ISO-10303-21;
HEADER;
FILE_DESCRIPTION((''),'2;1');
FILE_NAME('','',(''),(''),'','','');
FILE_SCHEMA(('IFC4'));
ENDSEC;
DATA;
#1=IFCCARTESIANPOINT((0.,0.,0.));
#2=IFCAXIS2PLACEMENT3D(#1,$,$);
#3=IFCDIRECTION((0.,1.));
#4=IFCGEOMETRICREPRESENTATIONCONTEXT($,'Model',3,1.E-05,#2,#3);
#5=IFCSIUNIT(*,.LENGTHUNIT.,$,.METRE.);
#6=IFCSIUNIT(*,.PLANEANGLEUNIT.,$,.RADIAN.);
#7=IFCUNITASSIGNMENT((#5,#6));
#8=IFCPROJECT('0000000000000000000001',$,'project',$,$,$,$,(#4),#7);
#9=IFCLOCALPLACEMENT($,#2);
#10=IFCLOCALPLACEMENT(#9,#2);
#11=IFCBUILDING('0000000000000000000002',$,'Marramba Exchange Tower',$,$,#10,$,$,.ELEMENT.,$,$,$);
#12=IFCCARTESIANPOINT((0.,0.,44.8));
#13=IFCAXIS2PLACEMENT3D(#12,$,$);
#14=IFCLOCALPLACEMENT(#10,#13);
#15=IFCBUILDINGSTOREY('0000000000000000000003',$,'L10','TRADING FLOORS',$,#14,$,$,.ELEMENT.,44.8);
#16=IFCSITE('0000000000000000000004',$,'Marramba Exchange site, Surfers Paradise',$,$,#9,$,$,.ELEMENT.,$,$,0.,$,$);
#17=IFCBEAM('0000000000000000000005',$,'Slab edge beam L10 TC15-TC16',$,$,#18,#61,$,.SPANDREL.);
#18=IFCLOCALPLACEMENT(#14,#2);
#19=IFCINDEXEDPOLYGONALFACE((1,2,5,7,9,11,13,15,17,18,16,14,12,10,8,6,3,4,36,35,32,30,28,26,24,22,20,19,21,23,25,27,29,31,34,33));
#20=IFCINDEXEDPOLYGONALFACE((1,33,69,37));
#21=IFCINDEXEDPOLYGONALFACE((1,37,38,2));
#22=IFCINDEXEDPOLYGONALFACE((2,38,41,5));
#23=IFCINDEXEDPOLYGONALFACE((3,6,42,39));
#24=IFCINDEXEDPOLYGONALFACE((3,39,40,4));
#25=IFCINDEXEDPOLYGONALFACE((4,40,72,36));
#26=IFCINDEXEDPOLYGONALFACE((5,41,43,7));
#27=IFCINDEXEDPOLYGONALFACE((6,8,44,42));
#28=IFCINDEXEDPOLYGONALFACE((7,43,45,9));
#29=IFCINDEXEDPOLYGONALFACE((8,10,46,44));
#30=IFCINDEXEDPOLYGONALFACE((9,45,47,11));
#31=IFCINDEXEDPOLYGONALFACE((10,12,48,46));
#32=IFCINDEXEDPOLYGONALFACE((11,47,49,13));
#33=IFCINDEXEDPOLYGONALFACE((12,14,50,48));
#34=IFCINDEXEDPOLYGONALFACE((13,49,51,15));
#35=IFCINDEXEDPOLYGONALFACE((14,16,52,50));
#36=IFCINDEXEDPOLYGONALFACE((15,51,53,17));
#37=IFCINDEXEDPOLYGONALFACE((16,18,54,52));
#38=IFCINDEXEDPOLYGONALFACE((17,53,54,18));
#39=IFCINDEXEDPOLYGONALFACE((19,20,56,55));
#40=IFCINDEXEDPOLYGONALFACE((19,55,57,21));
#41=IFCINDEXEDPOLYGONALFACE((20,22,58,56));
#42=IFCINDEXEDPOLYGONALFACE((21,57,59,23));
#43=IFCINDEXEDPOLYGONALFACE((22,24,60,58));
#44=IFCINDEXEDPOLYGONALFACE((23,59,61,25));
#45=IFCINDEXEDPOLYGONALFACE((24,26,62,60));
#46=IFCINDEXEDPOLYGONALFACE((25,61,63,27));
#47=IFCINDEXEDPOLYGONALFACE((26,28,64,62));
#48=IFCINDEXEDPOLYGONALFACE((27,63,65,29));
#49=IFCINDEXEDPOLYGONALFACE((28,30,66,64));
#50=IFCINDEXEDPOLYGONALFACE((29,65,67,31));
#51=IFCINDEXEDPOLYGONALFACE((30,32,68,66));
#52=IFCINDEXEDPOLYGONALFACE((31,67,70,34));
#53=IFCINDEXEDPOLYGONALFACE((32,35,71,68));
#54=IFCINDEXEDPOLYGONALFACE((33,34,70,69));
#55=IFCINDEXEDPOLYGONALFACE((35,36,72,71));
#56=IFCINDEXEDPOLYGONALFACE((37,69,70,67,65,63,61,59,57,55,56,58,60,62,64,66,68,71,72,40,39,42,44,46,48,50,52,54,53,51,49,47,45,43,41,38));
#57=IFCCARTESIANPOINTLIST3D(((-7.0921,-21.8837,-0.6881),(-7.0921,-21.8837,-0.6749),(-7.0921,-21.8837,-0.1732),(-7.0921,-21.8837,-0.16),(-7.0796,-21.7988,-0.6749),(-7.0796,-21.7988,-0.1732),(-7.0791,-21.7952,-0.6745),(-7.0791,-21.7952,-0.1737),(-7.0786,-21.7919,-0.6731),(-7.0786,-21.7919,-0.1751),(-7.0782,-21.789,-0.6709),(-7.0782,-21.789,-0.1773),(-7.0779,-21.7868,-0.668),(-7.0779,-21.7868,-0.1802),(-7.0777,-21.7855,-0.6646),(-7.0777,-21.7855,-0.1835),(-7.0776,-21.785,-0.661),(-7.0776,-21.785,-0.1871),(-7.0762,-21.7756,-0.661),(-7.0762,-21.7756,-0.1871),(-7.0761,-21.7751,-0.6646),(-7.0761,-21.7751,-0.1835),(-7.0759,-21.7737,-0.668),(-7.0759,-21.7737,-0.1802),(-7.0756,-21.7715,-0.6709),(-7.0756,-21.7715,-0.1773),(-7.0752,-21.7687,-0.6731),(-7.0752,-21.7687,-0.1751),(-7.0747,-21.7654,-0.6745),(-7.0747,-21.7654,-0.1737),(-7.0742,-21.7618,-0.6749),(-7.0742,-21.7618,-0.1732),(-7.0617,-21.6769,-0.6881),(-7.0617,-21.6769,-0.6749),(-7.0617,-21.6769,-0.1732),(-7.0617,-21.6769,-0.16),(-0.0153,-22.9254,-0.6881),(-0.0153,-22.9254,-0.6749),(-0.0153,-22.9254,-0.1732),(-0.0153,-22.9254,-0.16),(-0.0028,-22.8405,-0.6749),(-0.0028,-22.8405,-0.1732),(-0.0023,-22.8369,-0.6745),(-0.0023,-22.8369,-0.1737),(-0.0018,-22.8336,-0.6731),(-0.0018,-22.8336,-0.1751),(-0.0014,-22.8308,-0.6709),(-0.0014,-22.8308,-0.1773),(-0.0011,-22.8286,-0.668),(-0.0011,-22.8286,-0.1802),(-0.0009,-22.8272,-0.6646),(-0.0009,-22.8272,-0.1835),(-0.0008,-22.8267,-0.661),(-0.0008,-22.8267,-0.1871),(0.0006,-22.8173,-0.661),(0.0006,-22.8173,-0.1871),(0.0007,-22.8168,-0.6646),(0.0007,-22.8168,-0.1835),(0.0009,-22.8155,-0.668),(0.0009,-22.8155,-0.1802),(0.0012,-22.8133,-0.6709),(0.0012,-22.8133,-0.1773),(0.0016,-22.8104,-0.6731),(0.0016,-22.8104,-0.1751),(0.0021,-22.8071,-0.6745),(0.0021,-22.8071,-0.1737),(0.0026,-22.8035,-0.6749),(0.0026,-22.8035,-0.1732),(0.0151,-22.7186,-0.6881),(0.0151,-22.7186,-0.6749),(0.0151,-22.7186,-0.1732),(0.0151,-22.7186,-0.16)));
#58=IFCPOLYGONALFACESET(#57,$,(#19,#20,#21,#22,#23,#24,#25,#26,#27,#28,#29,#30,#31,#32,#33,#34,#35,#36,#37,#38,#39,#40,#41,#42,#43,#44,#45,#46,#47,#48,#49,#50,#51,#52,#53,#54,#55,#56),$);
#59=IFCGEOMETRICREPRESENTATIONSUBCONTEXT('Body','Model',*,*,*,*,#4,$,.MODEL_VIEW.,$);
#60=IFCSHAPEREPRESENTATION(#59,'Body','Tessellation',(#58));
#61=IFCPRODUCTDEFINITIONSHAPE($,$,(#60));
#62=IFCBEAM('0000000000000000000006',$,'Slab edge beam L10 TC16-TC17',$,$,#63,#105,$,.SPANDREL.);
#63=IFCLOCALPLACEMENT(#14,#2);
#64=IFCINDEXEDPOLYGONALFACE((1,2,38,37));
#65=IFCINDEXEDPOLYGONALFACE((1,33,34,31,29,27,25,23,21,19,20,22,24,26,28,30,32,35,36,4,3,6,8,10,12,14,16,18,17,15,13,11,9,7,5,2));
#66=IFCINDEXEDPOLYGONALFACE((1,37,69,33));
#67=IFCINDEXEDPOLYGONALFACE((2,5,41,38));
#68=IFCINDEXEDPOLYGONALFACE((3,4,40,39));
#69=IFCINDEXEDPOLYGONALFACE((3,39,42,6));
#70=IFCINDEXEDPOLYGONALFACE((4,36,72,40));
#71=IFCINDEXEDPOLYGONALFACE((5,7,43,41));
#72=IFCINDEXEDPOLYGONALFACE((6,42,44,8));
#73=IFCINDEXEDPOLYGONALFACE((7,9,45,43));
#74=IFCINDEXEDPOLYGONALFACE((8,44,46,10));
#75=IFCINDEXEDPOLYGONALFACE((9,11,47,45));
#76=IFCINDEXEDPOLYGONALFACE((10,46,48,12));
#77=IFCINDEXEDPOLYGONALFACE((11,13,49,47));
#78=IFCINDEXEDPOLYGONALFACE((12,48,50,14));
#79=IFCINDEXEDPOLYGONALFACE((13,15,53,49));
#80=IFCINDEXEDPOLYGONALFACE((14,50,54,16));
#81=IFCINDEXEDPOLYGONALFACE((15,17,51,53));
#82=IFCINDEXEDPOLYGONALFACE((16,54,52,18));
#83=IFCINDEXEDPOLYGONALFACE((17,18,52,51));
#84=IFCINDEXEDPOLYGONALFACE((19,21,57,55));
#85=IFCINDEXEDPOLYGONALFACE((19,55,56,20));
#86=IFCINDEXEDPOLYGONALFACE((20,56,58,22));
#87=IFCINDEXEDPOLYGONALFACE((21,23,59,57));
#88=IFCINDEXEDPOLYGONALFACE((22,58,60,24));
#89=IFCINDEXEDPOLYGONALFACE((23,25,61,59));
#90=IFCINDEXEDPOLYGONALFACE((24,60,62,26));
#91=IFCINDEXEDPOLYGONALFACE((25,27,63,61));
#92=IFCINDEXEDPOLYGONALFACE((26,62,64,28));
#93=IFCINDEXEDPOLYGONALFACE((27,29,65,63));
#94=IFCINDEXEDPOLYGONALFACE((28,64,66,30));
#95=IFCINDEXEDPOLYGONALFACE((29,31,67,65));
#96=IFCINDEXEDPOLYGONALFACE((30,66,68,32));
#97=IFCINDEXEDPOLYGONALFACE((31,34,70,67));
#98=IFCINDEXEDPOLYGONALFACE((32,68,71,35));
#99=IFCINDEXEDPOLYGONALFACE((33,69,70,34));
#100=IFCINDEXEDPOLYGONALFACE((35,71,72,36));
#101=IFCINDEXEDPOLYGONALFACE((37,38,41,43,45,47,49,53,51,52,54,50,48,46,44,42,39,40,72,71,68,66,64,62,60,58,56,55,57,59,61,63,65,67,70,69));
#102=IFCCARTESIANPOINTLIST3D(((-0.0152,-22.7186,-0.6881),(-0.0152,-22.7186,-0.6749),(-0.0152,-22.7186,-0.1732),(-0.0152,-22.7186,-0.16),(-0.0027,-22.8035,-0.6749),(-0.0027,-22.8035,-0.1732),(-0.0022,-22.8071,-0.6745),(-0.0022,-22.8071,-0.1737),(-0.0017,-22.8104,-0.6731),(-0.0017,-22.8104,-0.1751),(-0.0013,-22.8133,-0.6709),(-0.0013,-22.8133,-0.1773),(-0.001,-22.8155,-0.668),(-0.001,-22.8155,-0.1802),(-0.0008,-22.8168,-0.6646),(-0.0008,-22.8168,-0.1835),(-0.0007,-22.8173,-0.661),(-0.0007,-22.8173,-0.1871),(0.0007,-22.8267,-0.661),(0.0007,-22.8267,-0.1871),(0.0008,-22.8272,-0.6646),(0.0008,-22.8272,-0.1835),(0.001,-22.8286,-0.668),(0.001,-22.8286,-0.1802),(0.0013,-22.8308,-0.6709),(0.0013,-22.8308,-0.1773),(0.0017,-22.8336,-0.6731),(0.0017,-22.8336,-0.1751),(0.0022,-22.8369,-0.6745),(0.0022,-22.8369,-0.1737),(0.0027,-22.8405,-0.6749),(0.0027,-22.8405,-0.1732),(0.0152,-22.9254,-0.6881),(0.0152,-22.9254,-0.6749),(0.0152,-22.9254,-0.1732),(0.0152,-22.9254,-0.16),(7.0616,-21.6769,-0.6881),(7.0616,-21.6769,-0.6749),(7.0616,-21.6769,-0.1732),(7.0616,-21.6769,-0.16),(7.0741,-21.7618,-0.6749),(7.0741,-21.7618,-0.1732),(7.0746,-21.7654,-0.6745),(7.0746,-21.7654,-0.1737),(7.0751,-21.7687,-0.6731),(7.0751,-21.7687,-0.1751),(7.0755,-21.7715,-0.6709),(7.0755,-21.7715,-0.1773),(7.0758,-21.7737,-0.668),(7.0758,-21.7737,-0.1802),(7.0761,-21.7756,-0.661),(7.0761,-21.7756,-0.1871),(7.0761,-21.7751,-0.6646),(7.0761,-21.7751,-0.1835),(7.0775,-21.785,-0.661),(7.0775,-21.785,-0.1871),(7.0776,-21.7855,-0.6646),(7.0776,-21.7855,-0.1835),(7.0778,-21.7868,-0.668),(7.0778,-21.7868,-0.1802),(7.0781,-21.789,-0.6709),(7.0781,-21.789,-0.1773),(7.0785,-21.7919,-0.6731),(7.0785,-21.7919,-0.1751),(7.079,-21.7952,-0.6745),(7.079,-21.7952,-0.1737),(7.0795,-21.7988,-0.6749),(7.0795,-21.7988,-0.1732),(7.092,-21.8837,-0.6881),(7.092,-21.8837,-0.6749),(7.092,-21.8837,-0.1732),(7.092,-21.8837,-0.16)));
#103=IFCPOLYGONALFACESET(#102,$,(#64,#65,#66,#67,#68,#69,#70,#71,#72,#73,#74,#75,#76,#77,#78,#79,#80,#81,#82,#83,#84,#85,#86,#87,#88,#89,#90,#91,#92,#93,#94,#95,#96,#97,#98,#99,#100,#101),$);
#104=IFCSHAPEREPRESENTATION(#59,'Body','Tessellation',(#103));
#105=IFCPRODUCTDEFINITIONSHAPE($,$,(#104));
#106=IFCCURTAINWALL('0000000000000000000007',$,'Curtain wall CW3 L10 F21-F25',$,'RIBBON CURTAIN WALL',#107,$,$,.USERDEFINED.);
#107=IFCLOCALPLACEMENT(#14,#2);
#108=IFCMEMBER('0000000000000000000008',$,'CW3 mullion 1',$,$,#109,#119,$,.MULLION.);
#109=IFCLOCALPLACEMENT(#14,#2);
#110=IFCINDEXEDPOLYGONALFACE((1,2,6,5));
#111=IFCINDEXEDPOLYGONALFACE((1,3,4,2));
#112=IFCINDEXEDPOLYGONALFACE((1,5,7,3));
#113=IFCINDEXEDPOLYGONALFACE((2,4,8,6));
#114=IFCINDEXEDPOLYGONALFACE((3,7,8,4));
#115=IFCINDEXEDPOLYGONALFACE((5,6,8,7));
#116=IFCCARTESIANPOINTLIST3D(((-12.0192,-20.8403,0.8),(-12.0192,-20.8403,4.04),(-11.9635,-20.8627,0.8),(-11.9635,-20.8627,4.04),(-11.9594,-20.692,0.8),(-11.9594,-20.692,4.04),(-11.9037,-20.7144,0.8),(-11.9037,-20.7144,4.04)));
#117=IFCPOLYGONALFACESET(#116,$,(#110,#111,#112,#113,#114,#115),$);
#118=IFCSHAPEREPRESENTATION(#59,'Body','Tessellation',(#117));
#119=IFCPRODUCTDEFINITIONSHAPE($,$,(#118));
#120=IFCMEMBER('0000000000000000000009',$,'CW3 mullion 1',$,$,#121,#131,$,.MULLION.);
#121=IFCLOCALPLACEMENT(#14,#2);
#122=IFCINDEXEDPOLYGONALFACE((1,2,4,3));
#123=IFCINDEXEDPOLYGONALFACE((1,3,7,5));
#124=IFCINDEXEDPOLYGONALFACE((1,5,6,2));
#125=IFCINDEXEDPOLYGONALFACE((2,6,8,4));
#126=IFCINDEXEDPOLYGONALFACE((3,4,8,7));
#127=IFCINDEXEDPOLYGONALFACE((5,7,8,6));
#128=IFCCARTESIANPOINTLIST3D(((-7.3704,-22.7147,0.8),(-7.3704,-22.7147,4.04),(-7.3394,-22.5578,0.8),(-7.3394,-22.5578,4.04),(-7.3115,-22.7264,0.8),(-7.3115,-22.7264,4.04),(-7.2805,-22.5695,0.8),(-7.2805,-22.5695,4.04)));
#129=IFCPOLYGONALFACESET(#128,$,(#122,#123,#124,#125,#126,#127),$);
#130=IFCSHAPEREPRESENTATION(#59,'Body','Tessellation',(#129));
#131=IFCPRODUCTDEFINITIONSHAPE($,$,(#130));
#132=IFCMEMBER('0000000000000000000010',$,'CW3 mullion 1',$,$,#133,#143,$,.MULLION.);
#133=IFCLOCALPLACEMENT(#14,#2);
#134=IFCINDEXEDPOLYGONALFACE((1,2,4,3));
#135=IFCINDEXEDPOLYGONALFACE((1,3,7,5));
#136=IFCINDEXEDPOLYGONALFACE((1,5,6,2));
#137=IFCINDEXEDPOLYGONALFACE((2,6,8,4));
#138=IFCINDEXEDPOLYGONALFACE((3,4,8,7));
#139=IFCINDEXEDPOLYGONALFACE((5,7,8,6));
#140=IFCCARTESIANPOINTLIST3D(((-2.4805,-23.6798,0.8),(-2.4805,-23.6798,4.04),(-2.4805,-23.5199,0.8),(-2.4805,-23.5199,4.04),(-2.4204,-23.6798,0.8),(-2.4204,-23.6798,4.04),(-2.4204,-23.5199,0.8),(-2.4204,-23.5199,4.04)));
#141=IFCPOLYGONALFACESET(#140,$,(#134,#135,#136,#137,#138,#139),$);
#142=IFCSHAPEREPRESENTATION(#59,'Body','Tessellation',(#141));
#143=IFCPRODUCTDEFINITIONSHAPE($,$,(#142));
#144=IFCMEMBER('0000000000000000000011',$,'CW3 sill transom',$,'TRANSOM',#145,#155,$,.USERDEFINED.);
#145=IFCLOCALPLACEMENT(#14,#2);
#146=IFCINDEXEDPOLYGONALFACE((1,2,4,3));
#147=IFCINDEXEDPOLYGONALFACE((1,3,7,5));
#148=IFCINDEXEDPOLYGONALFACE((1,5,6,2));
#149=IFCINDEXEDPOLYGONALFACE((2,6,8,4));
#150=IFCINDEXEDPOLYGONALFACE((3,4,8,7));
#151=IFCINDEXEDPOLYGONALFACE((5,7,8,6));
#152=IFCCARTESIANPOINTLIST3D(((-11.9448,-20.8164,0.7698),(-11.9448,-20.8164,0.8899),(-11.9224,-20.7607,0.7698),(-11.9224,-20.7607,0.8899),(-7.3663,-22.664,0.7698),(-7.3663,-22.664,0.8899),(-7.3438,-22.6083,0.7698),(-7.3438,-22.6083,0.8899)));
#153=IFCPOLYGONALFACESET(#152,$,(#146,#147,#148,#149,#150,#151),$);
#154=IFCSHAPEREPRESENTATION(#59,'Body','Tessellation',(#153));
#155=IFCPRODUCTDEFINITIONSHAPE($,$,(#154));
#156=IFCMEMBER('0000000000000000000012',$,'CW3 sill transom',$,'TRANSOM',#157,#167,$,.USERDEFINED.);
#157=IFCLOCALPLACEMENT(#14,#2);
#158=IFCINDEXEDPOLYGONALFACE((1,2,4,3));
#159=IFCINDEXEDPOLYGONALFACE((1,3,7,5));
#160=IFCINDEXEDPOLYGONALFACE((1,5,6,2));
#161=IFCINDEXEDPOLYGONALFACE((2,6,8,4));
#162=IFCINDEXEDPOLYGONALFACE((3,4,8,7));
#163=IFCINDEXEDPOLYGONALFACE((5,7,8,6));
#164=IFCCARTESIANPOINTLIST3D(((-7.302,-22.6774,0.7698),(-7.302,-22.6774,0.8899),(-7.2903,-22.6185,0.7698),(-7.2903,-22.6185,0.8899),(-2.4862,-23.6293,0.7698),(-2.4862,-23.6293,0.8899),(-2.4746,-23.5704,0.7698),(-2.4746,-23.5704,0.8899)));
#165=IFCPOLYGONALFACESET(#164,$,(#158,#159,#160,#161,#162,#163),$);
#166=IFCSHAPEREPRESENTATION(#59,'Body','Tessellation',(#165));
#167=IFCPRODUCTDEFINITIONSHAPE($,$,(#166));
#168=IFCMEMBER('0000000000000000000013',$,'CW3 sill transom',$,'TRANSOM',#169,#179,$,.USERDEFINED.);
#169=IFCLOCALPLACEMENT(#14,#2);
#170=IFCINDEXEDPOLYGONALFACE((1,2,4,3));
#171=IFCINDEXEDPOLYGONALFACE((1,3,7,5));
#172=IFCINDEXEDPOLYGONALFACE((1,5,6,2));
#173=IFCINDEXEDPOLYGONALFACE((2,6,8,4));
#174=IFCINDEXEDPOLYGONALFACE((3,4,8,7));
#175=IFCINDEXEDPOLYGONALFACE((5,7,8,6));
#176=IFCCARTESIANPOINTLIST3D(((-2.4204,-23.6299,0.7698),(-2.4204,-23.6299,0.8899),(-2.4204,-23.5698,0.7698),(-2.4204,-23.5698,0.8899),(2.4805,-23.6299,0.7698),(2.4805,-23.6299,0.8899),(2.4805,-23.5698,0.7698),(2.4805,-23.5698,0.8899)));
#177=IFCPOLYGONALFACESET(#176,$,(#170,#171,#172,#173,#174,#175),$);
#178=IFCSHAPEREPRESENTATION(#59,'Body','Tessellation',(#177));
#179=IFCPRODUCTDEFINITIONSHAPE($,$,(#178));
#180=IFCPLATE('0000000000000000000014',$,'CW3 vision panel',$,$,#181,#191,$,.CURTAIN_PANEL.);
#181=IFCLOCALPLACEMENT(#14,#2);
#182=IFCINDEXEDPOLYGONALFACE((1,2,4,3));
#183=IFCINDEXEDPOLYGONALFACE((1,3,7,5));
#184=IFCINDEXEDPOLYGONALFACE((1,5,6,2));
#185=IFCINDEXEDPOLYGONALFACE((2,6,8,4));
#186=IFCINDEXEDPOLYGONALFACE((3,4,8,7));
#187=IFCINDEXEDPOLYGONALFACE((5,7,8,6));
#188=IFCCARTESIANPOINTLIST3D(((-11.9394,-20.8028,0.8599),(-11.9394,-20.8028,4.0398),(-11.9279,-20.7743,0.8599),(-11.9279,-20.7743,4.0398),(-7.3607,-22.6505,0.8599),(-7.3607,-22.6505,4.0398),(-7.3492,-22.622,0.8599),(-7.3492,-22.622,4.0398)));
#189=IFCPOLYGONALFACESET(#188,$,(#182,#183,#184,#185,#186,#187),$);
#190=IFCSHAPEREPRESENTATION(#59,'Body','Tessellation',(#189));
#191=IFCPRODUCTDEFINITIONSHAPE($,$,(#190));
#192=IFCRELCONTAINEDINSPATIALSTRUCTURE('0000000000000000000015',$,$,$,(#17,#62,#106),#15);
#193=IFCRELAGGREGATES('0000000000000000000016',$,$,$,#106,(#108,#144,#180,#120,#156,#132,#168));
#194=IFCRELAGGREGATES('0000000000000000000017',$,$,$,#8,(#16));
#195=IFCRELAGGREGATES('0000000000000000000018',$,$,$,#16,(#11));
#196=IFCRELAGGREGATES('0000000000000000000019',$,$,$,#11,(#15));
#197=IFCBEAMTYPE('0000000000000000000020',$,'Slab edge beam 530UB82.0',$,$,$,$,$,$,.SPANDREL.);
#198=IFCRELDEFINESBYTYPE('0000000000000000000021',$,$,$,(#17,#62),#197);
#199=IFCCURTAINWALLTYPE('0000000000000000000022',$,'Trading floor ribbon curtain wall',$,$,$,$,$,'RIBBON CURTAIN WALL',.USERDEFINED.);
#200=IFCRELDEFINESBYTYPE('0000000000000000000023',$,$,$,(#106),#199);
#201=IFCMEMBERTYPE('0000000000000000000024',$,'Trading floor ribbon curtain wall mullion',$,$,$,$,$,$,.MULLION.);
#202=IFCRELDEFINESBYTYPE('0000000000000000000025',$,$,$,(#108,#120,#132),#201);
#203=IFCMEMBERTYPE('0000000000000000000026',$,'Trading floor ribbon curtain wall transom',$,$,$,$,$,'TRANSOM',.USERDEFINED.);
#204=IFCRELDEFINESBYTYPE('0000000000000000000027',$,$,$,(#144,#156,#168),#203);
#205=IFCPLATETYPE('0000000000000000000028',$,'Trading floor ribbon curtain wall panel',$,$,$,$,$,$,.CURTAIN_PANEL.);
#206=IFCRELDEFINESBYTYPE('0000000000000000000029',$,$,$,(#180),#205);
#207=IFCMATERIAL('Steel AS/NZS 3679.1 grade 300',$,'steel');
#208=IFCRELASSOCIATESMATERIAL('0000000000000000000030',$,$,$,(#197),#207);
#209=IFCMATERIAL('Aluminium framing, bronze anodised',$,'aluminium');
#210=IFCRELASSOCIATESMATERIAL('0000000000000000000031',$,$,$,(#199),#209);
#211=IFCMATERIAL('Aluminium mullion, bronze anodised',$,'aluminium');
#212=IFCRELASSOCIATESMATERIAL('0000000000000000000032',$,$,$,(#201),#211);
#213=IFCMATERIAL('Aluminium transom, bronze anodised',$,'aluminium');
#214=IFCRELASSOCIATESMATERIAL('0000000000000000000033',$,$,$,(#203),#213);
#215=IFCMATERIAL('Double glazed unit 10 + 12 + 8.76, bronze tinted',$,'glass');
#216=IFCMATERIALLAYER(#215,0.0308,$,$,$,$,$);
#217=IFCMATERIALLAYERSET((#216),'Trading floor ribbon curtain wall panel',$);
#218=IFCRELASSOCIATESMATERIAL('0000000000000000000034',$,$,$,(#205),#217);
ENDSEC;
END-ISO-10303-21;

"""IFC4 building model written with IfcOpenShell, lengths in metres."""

from ifc_helpers import new_model, si_unit, direction, frame, origin, origin_2d, place, context, subcontext, project, spatial, rectangle, i_section, extrude, material, layer, layer_set, material_profile, profile_set, type_object, element, aggregate, save


model = new_model("IFC4")

# Units and contexts
model_context = context("Model", 3, precision=1e-05, world=origin(), true_north=direction((0.0, 1.0)))
body_context = subcontext(model_context, "Body", "Model", "MODEL_VIEW")
ifc_project = project(units=[si_unit("LENGTHUNIT", "METRE"), si_unit("PLANEANGLEUNIT", "RADIAN")], contexts=[model_context])

# Site, building, storey
site_placement = place(None, origin())
site = spatial("IfcSite", under=ifc_project, at=site_placement, Name="Marramba Exchange site, Surfers Paradise", CompositionType="ELEMENT", RefElevation=0.0)
building_placement = place(site_placement, origin())
building = spatial("IfcBuilding", under=site, at=building_placement, Name="Marramba Exchange Tower", CompositionType="ELEMENT")
storey_placement = place(building_placement, frame((0.0, 0.0, 44.8)))
storey = spatial("IfcBuildingStorey", under=building, at=storey_placement, Name="L10", Description="TRADING FLOORS", CompositionType="ELEMENT", Elevation=44.8)

# Beams
ifc_material_1 = material(Name="Steel AS/NZS 3679.1 grade 300", Category="steel")
ifc_material_profile_1 = material_profile(ifc_material_1, i_section(OverallWidth=0.209, OverallDepth=0.5281, WebThickness=0.0095, FlangeThickness=0.0132, FilletRadius=0.0139, at=origin_2d()), Name="530UB82.0")
ifc_profile_set_1 = profile_set([ifc_material_profile_1], Name="Steel AS/NZS 3679.1 grade 300")
beam_type_1 = type_object("IfcBeamType", Name="Slab edge beam 530UB82.0", PredefinedType="SPANDREL", material=ifc_profile_set_1)
for number, where, z_axis, x_axis, name in (
    (1, (-7.0769, -21.7803, -0.4241), (0.989338, -0.145634, 0.0), (0.145634, 0.989338, 0.0), "Slab edge beam L10 TC15-TC16"),
    (2, (0.0, -22.822, -0.4241), (0.989338, 0.145634, 0.0), (-0.145634, 0.989338, 0.0), "Slab edge beam L10 TC16-TC17"),
):
    element("IfcBeam", number, at=place(storey_placement, frame(where, z_axis=z_axis, x_axis=x_axis)), inside=storey, type_object=beam_type_1, Name=name, PredefinedType="SPANDREL", context=body_context, shape_type="SweptSolid", body=[
        extrude(i_section(OverallWidth=0.209, OverallDepth=0.5281, WebThickness=0.0095, FlangeThickness=0.0132, FilletRadius=0.0139, at=origin_2d()), origin(), (0.0, 0.0, 1.0), 7.1531),
    ])

# Curtain wall, members, plate
ifc_material_2 = material(Name="Aluminium framing, bronze anodised", Category="aluminium")
curtain_wall_type = type_object("IfcCurtainWallType", Name="Trading floor ribbon curtain wall", ElementType="RIBBON CURTAIN WALL", PredefinedType="USERDEFINED", material=ifc_material_2)
curtain_wall_placement = place(storey_placement, origin())
curtain_wall = element("IfcCurtainWall", 3, at=curtain_wall_placement, inside=storey, type_object=curtain_wall_type, Name="Curtain wall CW3 L10 F21-F25", ObjectType="RIBBON CURTAIN WALL", PredefinedType="USERDEFINED")
ifc_material_3 = material(Name="Aluminium mullion, bronze anodised", Category="aluminium")
ifc_material_profile_2 = material_profile(ifc_material_3, rectangle(XDim=0.1599, YDim=0.0601, at=origin_2d()), Name="CW3 mullion 60x160")
ifc_profile_set_2 = profile_set([ifc_material_profile_2], Name="Aluminium mullion, bronze anodised")
member_type_1 = type_object("IfcMemberType", Name="Trading floor ribbon curtain wall mullion", PredefinedType="MULLION", material=ifc_profile_set_2)
member_1_placement = place(storey_placement, frame((-11.9614, -20.7773, 0.8), z_axis=(0.0, 0.0, 1.0), x_axis=(0.374218, 0.927341, 0.0)))
member_1 = element("IfcMember", 4, at=member_1_placement, type_object=member_type_1, Name="CW3 mullion 1", PredefinedType="MULLION", context=body_context, shape_type="SweptSolid", body=[
    extrude(rectangle(XDim=0.1599, YDim=0.0601, at=origin_2d()), origin(), (0.0, 0.0, 1.0), 3.24),
])
member_2_placement = place(storey_placement, frame((-7.3254, -22.6421, 0.8), z_axis=(0.0, 0.0, 1.0), x_axis=(0.193961, 0.981009, 0.0)))
member_2 = element("IfcMember", 5, at=member_2_placement, type_object=member_type_1, Name="CW3 mullion 1", PredefinedType="MULLION", context=body_context, shape_type="SweptSolid", body=[
    extrude(rectangle(XDim=0.1599, YDim=0.0601, at=origin_2d()), origin(), (0.0, 0.0, 1.0), 3.24),
])
member_3_placement = place(storey_placement, frame((-2.4504, -23.5999, 0.8), z_axis=(0.0, 0.0, 1.0), x_axis=(0.0, 1.0, 0.0)))
member_3 = element("IfcMember", 6, at=member_3_placement, type_object=member_type_1, Name="CW3 mullion 1", PredefinedType="MULLION", context=body_context, shape_type="SweptSolid", body=[
    extrude(rectangle(XDim=0.1599, YDim=0.0601, at=origin_2d()), origin(), (0.0, 0.0, 1.0), 3.24),
])
ifc_material_4 = material(Name="Aluminium transom, bronze anodised", Category="aluminium")
ifc_material_profile_3 = material_profile(ifc_material_4, rectangle(XDim=0.0601, YDim=0.1201, at=origin_2d()), Name="CW3 transom 60x120")
ifc_profile_set_3 = profile_set([ifc_material_profile_3], Name="Aluminium transom, bronze anodised")
member_type_2 = type_object("IfcMemberType", Name="Trading floor ribbon curtain wall transom", ElementType="TRANSOM", PredefinedType="USERDEFINED", material=ifc_profile_set_3)
member_4_placement = place(storey_placement, frame((-11.9336, -20.7886, 0.8298), z_axis=(0.92734, -0.374219, 0.0), x_axis=(0.374219, 0.92734, 0.0)))
member_4 = element("IfcMember", 7, at=member_4_placement, type_object=member_type_2, Name="CW3 sill transom", ObjectType="TRANSOM", PredefinedType="USERDEFINED", context=body_context, shape_type="SweptSolid", body=[
    extrude(rectangle(XDim=0.0601, YDim=0.1201, at=origin_2d()), origin(), (0.0, 0.0, 1.0), 4.9373),
])
member_5_placement = place(storey_placement, frame((-7.2961, -22.6479, 0.8298), z_axis=(0.981018, -0.193916, 0.0), x_axis=(0.193916, 0.981018, 0.0)))
member_5 = element("IfcMember", 8, at=member_5_placement, type_object=member_type_2, Name="CW3 sill transom", ObjectType="TRANSOM", PredefinedType="USERDEFINED", context=body_context, shape_type="SweptSolid", body=[
    extrude(rectangle(XDim=0.0601, YDim=0.1201, at=origin_2d()), origin(), (0.0, 0.0, 1.0), 4.9089),
])
member_6_placement = place(storey_placement, frame((-2.4204, -23.5999, 0.8298), z_axis=(1.0, 0.0, 0.0), x_axis=(0.0, 1.0, 0.0)))
member_6 = element("IfcMember", 9, at=member_6_placement, type_object=member_type_2, Name="CW3 sill transom", ObjectType="TRANSOM", PredefinedType="USERDEFINED", context=body_context, shape_type="SweptSolid", body=[
    extrude(rectangle(XDim=0.0601, YDim=0.1201, at=origin_2d()), origin(), (0.0, 0.0, 1.0), 4.9009),
])
ifc_material_5 = material(Name="Double glazed unit 10 + 12 + 8.76, bronze tinted", Category="glass")
ifc_layer_1 = layer(ifc_material_5, 0.0308)
ifc_layer_set_1 = layer_set([ifc_layer_1], Name="Trading floor ribbon curtain wall panel")
plate_type = type_object("IfcPlateType", Name="Trading floor ribbon curtain wall panel", PredefinedType="CURTAIN_PANEL", material=ifc_layer_set_1)
plate_1_placement = place(storey_placement, frame((-9.6443, -21.7124, 0.8599), z_axis=(0.0, 0.0, 1.0), x_axis=(0.927341, -0.374218, 0.0)))
plate_1 = element("IfcPlate", 10, at=plate_1_placement, type_object=plate_type, Name="CW3 vision panel", PredefinedType="CURTAIN_PANEL", context=body_context, shape_type="SweptSolid", body=[
    extrude(rectangle(XDim=4.9375, YDim=0.0308, at=origin_2d()), origin(), (0.0, 0.0, 1.0), 3.1799),
])
aggregate(curtain_wall, [member_1, member_4, plate_1, member_2, member_5, member_3, member_6])

save(model, "model.ifc")
